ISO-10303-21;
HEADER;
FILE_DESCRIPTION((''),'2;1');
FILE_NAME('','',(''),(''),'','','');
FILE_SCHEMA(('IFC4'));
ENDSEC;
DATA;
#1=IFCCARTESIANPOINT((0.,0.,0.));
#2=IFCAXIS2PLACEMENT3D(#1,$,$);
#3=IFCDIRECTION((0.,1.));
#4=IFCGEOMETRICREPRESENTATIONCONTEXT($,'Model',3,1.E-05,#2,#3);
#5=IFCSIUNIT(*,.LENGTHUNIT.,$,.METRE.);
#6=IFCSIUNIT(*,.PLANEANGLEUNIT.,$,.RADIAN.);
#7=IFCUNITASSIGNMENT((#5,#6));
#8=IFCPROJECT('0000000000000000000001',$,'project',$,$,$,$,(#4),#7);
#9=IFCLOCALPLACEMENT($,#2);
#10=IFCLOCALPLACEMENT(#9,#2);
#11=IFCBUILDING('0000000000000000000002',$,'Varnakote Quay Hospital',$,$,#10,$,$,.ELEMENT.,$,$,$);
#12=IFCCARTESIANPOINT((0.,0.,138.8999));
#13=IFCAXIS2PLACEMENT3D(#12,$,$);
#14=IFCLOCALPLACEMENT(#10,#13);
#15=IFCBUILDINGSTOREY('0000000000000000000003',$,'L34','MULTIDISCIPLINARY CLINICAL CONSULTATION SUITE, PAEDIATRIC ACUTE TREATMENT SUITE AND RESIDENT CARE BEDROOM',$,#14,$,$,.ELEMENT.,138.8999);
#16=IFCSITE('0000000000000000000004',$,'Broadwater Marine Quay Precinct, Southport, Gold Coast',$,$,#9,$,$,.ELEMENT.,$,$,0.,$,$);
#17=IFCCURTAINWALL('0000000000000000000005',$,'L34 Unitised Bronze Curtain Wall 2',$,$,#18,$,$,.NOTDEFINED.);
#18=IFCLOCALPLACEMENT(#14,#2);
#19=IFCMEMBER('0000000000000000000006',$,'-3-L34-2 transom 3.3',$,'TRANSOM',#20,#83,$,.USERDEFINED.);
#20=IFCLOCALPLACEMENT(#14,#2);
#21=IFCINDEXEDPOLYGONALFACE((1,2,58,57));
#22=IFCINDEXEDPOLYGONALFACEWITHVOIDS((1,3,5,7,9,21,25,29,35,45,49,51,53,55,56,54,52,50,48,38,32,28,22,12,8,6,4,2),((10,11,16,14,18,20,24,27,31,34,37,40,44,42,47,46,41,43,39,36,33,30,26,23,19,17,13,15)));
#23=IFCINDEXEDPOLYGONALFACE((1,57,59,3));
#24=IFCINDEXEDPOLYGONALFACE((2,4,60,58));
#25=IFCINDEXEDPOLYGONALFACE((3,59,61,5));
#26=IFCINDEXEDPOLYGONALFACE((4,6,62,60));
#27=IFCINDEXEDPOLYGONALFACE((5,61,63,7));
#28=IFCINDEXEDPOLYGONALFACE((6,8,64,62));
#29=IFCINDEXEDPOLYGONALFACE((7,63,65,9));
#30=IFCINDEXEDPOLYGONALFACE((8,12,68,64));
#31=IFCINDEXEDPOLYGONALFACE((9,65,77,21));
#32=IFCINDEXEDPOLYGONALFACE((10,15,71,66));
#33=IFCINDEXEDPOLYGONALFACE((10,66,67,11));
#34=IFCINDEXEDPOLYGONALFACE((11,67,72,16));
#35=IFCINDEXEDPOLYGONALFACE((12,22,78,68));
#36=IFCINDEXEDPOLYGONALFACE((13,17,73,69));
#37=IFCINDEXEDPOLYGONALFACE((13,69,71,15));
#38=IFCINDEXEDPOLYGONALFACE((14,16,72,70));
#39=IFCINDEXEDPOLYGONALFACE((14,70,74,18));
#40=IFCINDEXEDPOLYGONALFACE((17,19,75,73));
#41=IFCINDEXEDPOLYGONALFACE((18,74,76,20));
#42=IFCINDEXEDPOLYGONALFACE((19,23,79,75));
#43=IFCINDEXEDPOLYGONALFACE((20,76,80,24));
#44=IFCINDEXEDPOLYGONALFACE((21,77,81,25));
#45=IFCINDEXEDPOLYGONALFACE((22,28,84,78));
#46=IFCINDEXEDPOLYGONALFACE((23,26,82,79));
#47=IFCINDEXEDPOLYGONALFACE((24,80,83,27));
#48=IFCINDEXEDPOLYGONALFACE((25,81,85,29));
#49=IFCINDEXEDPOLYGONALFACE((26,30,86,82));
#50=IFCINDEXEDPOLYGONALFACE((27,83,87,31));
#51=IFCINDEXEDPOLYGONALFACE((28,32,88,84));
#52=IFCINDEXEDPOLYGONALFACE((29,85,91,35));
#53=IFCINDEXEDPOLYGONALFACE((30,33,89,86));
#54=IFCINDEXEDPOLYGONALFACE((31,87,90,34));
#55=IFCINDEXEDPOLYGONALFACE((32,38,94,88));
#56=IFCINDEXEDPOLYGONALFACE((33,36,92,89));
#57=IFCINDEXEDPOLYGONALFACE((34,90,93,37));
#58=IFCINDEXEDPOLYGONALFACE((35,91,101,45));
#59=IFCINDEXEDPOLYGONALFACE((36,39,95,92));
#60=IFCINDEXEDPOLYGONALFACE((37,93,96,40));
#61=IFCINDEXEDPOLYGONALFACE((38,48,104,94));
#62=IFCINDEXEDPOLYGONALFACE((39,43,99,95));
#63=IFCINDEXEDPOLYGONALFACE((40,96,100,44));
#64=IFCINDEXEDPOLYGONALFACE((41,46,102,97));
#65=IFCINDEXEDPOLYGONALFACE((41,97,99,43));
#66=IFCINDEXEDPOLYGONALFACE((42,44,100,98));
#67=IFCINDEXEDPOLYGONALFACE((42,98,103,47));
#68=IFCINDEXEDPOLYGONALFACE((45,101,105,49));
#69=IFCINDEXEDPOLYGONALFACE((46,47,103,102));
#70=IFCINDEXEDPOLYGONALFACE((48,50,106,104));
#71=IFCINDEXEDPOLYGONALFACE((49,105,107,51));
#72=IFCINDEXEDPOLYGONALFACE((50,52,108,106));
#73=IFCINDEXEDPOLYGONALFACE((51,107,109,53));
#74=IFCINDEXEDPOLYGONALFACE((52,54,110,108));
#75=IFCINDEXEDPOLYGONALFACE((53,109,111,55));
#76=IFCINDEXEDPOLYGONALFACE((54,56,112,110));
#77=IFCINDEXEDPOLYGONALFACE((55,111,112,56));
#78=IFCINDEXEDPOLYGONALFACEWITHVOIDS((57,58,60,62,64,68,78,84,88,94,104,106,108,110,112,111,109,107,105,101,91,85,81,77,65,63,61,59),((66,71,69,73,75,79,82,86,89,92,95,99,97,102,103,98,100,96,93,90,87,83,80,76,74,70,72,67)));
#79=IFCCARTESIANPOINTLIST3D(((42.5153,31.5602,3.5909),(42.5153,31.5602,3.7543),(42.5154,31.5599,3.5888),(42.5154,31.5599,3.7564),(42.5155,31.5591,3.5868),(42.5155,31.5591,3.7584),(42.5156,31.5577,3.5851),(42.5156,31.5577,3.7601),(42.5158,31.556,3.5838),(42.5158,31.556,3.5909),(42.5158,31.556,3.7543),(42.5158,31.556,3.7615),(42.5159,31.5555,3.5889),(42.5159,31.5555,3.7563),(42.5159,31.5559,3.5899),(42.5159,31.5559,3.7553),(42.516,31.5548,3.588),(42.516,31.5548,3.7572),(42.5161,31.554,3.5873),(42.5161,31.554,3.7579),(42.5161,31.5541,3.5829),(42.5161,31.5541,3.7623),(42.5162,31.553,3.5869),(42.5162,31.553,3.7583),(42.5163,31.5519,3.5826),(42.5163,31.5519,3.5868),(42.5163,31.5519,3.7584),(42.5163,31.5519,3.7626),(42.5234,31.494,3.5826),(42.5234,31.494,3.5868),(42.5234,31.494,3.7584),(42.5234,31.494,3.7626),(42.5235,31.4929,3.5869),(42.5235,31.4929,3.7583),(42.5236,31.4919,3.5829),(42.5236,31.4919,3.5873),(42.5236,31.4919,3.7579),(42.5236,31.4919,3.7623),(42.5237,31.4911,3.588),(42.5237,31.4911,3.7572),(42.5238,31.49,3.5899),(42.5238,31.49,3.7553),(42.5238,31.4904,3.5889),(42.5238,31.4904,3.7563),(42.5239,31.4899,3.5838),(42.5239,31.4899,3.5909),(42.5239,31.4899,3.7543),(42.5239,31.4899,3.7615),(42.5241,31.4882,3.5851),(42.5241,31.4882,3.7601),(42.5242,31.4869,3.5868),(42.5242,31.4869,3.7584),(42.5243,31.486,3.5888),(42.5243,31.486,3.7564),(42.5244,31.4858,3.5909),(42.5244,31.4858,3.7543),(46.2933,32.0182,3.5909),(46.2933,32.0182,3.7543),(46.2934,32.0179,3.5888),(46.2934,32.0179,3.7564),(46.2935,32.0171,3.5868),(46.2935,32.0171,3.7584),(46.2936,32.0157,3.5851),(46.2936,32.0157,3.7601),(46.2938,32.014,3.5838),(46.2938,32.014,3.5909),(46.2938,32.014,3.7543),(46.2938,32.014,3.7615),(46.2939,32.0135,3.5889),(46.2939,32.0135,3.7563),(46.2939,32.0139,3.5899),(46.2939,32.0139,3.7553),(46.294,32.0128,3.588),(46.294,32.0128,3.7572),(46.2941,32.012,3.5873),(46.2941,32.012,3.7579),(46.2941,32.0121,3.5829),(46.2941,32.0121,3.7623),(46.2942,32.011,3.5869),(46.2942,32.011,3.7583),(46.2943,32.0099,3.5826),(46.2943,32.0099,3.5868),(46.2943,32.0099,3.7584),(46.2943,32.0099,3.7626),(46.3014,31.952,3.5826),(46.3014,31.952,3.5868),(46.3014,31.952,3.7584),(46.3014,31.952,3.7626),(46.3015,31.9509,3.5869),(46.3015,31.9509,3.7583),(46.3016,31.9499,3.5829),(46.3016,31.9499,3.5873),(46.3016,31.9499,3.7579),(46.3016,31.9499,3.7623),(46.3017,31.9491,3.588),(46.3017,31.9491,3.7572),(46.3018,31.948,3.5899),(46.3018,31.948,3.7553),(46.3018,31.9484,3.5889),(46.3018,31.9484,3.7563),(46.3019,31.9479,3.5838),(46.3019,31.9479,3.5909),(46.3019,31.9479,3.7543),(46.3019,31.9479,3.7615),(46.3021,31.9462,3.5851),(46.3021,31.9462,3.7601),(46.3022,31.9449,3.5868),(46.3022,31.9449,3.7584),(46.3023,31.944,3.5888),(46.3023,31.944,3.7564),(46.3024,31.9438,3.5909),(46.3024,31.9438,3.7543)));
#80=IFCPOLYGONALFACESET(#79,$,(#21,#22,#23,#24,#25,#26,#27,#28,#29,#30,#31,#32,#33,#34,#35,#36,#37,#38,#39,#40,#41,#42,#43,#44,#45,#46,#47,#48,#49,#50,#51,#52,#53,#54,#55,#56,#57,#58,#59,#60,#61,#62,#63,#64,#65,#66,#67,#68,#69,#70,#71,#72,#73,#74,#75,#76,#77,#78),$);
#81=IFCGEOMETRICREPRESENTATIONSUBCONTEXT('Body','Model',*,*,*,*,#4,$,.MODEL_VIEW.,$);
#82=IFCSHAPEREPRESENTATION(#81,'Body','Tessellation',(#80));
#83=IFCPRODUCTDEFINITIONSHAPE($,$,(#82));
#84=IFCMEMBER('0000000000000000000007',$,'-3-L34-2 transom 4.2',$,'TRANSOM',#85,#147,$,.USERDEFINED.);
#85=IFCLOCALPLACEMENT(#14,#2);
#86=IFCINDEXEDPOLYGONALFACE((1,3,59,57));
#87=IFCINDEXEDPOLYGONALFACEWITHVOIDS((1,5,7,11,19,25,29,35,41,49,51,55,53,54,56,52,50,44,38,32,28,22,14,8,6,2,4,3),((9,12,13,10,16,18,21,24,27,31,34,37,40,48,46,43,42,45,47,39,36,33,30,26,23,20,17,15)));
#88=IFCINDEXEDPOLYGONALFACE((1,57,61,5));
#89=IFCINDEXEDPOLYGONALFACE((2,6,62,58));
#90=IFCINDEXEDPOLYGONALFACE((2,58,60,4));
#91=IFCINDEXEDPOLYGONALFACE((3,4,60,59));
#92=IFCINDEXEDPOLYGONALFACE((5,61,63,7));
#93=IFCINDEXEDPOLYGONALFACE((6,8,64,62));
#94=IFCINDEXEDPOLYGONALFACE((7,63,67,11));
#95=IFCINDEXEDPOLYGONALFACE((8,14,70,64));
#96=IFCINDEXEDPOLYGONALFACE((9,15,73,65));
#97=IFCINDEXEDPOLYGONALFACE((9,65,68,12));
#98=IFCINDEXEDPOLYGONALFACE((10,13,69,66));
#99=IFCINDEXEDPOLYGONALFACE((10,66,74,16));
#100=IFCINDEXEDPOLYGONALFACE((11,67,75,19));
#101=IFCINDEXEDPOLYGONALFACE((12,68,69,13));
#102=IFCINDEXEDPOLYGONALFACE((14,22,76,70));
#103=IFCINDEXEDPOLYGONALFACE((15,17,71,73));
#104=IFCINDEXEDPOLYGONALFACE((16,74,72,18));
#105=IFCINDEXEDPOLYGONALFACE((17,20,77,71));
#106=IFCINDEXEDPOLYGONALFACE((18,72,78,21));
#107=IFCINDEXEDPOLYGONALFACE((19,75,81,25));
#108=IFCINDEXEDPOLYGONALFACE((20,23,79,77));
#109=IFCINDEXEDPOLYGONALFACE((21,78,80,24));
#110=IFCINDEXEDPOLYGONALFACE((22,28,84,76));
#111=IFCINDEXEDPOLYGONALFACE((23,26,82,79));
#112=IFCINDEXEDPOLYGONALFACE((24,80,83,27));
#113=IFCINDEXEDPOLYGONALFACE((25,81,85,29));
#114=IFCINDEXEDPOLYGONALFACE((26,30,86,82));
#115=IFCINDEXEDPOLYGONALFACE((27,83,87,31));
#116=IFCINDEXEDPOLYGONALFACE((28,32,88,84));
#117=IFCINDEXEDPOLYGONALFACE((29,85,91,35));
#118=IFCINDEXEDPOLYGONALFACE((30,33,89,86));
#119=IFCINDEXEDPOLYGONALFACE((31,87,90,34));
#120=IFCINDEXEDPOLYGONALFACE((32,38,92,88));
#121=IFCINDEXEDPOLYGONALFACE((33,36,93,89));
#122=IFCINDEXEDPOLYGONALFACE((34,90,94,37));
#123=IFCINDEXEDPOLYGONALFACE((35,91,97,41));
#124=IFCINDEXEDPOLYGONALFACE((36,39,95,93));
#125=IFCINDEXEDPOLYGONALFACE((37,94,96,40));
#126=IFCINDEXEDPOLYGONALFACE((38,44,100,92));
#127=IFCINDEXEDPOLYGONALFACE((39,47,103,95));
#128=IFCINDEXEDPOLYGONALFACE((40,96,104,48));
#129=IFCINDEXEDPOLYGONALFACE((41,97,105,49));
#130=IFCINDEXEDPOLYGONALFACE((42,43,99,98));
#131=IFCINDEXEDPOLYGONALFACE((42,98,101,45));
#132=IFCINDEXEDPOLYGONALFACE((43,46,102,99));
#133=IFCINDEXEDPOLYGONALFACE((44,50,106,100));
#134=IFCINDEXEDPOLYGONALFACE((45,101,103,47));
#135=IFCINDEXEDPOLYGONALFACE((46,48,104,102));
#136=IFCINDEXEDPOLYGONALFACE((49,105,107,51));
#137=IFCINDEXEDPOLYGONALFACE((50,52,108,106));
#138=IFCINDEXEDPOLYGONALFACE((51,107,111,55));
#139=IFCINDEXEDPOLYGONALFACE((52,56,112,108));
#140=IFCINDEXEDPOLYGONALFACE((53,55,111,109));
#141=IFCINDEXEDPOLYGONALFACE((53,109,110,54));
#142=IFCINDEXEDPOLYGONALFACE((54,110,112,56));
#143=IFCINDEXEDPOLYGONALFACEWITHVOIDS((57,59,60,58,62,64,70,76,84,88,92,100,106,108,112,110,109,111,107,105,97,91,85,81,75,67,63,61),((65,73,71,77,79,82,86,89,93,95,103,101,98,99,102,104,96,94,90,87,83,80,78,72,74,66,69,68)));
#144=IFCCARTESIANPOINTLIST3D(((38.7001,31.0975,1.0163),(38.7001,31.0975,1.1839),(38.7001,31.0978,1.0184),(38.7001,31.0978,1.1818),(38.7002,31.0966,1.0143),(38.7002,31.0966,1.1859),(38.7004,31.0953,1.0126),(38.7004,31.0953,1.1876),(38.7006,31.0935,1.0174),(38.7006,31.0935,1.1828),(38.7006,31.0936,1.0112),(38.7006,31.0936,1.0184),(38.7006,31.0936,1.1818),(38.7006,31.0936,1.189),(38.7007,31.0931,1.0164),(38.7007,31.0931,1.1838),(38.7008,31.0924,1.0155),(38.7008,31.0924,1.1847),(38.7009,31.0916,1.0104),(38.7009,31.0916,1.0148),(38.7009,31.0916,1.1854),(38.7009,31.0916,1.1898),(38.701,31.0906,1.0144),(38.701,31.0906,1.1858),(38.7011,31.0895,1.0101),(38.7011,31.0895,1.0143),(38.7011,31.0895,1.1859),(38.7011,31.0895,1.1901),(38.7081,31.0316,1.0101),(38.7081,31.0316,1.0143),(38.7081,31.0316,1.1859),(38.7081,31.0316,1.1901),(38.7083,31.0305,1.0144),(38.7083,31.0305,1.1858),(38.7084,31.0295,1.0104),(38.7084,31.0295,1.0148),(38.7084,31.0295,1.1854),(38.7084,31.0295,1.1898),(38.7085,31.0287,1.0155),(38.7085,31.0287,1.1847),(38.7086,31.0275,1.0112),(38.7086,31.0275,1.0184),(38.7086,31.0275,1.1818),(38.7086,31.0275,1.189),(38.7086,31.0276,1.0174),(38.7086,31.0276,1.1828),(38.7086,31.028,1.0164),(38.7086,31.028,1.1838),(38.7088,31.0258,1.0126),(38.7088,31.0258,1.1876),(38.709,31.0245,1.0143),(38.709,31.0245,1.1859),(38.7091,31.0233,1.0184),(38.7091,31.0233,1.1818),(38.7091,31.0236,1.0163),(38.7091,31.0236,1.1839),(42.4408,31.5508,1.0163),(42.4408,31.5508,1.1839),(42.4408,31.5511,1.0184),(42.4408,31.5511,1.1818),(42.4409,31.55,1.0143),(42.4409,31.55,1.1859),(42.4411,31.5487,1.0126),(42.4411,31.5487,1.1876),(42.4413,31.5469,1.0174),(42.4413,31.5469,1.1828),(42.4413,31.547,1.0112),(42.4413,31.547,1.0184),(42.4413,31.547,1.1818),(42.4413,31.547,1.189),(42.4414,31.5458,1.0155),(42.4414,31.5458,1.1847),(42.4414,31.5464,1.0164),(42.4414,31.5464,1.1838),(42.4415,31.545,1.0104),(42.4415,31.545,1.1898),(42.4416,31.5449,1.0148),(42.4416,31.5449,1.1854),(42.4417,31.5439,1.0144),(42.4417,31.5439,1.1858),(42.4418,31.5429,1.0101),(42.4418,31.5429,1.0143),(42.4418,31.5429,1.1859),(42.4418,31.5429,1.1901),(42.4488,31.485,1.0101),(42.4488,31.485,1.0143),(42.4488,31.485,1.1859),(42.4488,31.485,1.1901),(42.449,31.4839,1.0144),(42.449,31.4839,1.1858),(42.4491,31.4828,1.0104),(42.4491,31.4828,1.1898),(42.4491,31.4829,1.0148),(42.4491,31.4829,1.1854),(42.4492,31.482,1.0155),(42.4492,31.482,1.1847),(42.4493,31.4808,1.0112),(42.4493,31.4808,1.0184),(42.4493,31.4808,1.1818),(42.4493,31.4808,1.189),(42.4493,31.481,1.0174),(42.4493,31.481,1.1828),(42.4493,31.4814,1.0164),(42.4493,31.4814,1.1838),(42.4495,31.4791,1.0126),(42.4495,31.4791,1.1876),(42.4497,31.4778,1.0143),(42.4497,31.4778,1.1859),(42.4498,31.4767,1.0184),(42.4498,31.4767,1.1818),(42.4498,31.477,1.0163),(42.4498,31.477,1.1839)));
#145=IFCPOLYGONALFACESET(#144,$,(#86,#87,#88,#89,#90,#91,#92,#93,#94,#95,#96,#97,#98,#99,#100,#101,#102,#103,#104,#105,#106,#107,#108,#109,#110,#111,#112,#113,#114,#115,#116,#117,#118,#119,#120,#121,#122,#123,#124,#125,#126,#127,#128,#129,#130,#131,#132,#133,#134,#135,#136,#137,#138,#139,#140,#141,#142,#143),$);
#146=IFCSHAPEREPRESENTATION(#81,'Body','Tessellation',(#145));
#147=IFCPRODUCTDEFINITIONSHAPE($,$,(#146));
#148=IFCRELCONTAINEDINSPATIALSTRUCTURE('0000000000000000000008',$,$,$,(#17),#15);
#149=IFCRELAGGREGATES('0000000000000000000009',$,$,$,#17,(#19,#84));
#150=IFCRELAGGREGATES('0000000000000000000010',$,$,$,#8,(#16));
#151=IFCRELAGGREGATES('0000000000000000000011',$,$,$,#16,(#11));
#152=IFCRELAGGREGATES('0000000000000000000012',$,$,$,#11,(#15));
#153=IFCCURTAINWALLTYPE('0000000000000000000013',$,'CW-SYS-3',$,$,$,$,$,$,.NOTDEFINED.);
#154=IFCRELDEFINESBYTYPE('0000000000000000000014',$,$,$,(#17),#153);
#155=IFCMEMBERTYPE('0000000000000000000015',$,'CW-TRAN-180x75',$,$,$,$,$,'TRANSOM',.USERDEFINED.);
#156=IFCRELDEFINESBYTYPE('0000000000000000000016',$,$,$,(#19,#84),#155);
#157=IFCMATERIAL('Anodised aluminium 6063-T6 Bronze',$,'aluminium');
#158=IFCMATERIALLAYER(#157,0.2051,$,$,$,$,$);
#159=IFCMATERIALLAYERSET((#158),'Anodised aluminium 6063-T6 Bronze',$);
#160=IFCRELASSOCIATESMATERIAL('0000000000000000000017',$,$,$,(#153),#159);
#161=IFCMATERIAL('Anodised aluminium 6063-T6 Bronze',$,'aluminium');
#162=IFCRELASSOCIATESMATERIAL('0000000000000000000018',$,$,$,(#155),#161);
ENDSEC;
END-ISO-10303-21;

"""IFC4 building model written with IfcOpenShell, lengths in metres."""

from ifc_helpers import new_model, si_unit, direction, frame, origin, origin_2d, place, context, subcontext, project, spatial, hollow_rectangle, extrude, material, layer, layer_set, material_profile, profile_set, type_object, element, aggregate, save


model = new_model("IFC4")

# Units and contexts
model_context = context("Model", 3, precision=1e-05, world=origin(), true_north=direction((0.0, 1.0)))
body_context = subcontext(model_context, "Body", "Model", "MODEL_VIEW")
ifc_project = project(units=[si_unit("LENGTHUNIT", "METRE"), si_unit("PLANEANGLEUNIT", "RADIAN")], contexts=[model_context])

# Site, building, storey
site_placement = place(None, origin())
site = spatial("IfcSite", under=ifc_project, at=site_placement, Name="Broadwater Marine Quay Precinct, Southport, Gold Coast", CompositionType="ELEMENT", RefElevation=0.0)
building_placement = place(site_placement, origin())
building = spatial("IfcBuilding", under=site, at=building_placement, Name="Varnakote Quay Hospital", CompositionType="ELEMENT")
storey_placement = place(building_placement, frame((0.0, 0.0, 138.8999)))
storey = spatial("IfcBuildingStorey", under=building, at=storey_placement, Name="L34", Description="MULTIDISCIPLINARY CLINICAL CONSULTATION SUITE, PAEDIATRIC ACUTE TREATMENT SUITE AND RESIDENT CARE BEDROOM", CompositionType="ELEMENT", Elevation=138.8999)

# Curtain wall, members
ifc_material_1 = material(Name="Anodised aluminium 6063-T6 Bronze", Category="aluminium")
ifc_layer_1 = layer(ifc_material_1, 0.2051)
ifc_layer_set_1 = layer_set([ifc_layer_1], Name="Anodised aluminium 6063-T6 Bronze")
curtain_wall_type = type_object("IfcCurtainWallType", Name="CW-SYS-3", PredefinedType="NOTDEFINED", material=ifc_layer_set_1)
curtain_wall_placement = place(storey_placement, origin())
curtain_wall = element("IfcCurtainWall", 1, at=curtain_wall_placement, inside=storey, type_object=curtain_wall_type, Name="L34 Unitised Bronze Curtain Wall 2", PredefinedType="NOTDEFINED")
ifc_material_2 = material(Name="Anodised aluminium 6063-T6 Bronze", Category="aluminium")
ifc_material_profile_1 = material_profile(ifc_material_2, hollow_rectangle(XDim=0.075, YDim=0.1799, WallThickness=0.0042, InnerFilletRadius=0.0042, OuterFilletRadius=0.0083, at=origin_2d()), Name="CW-TRAN-180x75")
ifc_profile_set_1 = profile_set([ifc_material_profile_1], Name="Anodised aluminium 6063-T6 Bronze")
member_type_1 = type_object("IfcMemberType", Name="CW-TRAN-180x75", ElementType="TRANSOM", PredefinedType="USERDEFINED", material=ifc_profile_set_1)
member_1_placement = place(storey_placement, frame((46.2979, 31.981, 3.6726), z_axis=(-0.992732, -0.120347, 0.0), x_axis=(0.120347, -0.992732, 0.0)))
member_1 = element("IfcMember", 2, at=member_1_placement, type_object=member_type_1, Name="-3-L34-2 transom 3.3", ObjectType="TRANSOM", PredefinedType="USERDEFINED", context=body_context, shape_type="SweptSolid", body=[
    extrude(hollow_rectangle(XDim=0.075, YDim=0.1799, WallThickness=0.0042, InnerFilletRadius=0.0042, OuterFilletRadius=0.0083, at=origin_2d()), origin(), (0.0, 0.0, 1.0), 3.8057),
])
member_2_placement = place(storey_placement, frame((42.4453, 31.5139, 1.1001), z_axis=(-0.992735, -0.120318, 0.0), x_axis=(0.120318, -0.992735, 0.0)))
member_2 = element("IfcMember", 3, at=member_2_placement, type_object=member_type_1, Name="-3-L34-2 transom 4.2", ObjectType="TRANSOM", PredefinedType="USERDEFINED", context=body_context, shape_type="SweptSolid", body=[
    extrude(hollow_rectangle(XDim=0.075, YDim=0.1799, WallThickness=0.0042, InnerFilletRadius=0.0042, OuterFilletRadius=0.0083, at=origin_2d()), origin(), (0.0, 0.0, 1.0), 3.7681),
])
aggregate(curtain_wall, [member_1, member_2])

save(model, "model.ifc")
